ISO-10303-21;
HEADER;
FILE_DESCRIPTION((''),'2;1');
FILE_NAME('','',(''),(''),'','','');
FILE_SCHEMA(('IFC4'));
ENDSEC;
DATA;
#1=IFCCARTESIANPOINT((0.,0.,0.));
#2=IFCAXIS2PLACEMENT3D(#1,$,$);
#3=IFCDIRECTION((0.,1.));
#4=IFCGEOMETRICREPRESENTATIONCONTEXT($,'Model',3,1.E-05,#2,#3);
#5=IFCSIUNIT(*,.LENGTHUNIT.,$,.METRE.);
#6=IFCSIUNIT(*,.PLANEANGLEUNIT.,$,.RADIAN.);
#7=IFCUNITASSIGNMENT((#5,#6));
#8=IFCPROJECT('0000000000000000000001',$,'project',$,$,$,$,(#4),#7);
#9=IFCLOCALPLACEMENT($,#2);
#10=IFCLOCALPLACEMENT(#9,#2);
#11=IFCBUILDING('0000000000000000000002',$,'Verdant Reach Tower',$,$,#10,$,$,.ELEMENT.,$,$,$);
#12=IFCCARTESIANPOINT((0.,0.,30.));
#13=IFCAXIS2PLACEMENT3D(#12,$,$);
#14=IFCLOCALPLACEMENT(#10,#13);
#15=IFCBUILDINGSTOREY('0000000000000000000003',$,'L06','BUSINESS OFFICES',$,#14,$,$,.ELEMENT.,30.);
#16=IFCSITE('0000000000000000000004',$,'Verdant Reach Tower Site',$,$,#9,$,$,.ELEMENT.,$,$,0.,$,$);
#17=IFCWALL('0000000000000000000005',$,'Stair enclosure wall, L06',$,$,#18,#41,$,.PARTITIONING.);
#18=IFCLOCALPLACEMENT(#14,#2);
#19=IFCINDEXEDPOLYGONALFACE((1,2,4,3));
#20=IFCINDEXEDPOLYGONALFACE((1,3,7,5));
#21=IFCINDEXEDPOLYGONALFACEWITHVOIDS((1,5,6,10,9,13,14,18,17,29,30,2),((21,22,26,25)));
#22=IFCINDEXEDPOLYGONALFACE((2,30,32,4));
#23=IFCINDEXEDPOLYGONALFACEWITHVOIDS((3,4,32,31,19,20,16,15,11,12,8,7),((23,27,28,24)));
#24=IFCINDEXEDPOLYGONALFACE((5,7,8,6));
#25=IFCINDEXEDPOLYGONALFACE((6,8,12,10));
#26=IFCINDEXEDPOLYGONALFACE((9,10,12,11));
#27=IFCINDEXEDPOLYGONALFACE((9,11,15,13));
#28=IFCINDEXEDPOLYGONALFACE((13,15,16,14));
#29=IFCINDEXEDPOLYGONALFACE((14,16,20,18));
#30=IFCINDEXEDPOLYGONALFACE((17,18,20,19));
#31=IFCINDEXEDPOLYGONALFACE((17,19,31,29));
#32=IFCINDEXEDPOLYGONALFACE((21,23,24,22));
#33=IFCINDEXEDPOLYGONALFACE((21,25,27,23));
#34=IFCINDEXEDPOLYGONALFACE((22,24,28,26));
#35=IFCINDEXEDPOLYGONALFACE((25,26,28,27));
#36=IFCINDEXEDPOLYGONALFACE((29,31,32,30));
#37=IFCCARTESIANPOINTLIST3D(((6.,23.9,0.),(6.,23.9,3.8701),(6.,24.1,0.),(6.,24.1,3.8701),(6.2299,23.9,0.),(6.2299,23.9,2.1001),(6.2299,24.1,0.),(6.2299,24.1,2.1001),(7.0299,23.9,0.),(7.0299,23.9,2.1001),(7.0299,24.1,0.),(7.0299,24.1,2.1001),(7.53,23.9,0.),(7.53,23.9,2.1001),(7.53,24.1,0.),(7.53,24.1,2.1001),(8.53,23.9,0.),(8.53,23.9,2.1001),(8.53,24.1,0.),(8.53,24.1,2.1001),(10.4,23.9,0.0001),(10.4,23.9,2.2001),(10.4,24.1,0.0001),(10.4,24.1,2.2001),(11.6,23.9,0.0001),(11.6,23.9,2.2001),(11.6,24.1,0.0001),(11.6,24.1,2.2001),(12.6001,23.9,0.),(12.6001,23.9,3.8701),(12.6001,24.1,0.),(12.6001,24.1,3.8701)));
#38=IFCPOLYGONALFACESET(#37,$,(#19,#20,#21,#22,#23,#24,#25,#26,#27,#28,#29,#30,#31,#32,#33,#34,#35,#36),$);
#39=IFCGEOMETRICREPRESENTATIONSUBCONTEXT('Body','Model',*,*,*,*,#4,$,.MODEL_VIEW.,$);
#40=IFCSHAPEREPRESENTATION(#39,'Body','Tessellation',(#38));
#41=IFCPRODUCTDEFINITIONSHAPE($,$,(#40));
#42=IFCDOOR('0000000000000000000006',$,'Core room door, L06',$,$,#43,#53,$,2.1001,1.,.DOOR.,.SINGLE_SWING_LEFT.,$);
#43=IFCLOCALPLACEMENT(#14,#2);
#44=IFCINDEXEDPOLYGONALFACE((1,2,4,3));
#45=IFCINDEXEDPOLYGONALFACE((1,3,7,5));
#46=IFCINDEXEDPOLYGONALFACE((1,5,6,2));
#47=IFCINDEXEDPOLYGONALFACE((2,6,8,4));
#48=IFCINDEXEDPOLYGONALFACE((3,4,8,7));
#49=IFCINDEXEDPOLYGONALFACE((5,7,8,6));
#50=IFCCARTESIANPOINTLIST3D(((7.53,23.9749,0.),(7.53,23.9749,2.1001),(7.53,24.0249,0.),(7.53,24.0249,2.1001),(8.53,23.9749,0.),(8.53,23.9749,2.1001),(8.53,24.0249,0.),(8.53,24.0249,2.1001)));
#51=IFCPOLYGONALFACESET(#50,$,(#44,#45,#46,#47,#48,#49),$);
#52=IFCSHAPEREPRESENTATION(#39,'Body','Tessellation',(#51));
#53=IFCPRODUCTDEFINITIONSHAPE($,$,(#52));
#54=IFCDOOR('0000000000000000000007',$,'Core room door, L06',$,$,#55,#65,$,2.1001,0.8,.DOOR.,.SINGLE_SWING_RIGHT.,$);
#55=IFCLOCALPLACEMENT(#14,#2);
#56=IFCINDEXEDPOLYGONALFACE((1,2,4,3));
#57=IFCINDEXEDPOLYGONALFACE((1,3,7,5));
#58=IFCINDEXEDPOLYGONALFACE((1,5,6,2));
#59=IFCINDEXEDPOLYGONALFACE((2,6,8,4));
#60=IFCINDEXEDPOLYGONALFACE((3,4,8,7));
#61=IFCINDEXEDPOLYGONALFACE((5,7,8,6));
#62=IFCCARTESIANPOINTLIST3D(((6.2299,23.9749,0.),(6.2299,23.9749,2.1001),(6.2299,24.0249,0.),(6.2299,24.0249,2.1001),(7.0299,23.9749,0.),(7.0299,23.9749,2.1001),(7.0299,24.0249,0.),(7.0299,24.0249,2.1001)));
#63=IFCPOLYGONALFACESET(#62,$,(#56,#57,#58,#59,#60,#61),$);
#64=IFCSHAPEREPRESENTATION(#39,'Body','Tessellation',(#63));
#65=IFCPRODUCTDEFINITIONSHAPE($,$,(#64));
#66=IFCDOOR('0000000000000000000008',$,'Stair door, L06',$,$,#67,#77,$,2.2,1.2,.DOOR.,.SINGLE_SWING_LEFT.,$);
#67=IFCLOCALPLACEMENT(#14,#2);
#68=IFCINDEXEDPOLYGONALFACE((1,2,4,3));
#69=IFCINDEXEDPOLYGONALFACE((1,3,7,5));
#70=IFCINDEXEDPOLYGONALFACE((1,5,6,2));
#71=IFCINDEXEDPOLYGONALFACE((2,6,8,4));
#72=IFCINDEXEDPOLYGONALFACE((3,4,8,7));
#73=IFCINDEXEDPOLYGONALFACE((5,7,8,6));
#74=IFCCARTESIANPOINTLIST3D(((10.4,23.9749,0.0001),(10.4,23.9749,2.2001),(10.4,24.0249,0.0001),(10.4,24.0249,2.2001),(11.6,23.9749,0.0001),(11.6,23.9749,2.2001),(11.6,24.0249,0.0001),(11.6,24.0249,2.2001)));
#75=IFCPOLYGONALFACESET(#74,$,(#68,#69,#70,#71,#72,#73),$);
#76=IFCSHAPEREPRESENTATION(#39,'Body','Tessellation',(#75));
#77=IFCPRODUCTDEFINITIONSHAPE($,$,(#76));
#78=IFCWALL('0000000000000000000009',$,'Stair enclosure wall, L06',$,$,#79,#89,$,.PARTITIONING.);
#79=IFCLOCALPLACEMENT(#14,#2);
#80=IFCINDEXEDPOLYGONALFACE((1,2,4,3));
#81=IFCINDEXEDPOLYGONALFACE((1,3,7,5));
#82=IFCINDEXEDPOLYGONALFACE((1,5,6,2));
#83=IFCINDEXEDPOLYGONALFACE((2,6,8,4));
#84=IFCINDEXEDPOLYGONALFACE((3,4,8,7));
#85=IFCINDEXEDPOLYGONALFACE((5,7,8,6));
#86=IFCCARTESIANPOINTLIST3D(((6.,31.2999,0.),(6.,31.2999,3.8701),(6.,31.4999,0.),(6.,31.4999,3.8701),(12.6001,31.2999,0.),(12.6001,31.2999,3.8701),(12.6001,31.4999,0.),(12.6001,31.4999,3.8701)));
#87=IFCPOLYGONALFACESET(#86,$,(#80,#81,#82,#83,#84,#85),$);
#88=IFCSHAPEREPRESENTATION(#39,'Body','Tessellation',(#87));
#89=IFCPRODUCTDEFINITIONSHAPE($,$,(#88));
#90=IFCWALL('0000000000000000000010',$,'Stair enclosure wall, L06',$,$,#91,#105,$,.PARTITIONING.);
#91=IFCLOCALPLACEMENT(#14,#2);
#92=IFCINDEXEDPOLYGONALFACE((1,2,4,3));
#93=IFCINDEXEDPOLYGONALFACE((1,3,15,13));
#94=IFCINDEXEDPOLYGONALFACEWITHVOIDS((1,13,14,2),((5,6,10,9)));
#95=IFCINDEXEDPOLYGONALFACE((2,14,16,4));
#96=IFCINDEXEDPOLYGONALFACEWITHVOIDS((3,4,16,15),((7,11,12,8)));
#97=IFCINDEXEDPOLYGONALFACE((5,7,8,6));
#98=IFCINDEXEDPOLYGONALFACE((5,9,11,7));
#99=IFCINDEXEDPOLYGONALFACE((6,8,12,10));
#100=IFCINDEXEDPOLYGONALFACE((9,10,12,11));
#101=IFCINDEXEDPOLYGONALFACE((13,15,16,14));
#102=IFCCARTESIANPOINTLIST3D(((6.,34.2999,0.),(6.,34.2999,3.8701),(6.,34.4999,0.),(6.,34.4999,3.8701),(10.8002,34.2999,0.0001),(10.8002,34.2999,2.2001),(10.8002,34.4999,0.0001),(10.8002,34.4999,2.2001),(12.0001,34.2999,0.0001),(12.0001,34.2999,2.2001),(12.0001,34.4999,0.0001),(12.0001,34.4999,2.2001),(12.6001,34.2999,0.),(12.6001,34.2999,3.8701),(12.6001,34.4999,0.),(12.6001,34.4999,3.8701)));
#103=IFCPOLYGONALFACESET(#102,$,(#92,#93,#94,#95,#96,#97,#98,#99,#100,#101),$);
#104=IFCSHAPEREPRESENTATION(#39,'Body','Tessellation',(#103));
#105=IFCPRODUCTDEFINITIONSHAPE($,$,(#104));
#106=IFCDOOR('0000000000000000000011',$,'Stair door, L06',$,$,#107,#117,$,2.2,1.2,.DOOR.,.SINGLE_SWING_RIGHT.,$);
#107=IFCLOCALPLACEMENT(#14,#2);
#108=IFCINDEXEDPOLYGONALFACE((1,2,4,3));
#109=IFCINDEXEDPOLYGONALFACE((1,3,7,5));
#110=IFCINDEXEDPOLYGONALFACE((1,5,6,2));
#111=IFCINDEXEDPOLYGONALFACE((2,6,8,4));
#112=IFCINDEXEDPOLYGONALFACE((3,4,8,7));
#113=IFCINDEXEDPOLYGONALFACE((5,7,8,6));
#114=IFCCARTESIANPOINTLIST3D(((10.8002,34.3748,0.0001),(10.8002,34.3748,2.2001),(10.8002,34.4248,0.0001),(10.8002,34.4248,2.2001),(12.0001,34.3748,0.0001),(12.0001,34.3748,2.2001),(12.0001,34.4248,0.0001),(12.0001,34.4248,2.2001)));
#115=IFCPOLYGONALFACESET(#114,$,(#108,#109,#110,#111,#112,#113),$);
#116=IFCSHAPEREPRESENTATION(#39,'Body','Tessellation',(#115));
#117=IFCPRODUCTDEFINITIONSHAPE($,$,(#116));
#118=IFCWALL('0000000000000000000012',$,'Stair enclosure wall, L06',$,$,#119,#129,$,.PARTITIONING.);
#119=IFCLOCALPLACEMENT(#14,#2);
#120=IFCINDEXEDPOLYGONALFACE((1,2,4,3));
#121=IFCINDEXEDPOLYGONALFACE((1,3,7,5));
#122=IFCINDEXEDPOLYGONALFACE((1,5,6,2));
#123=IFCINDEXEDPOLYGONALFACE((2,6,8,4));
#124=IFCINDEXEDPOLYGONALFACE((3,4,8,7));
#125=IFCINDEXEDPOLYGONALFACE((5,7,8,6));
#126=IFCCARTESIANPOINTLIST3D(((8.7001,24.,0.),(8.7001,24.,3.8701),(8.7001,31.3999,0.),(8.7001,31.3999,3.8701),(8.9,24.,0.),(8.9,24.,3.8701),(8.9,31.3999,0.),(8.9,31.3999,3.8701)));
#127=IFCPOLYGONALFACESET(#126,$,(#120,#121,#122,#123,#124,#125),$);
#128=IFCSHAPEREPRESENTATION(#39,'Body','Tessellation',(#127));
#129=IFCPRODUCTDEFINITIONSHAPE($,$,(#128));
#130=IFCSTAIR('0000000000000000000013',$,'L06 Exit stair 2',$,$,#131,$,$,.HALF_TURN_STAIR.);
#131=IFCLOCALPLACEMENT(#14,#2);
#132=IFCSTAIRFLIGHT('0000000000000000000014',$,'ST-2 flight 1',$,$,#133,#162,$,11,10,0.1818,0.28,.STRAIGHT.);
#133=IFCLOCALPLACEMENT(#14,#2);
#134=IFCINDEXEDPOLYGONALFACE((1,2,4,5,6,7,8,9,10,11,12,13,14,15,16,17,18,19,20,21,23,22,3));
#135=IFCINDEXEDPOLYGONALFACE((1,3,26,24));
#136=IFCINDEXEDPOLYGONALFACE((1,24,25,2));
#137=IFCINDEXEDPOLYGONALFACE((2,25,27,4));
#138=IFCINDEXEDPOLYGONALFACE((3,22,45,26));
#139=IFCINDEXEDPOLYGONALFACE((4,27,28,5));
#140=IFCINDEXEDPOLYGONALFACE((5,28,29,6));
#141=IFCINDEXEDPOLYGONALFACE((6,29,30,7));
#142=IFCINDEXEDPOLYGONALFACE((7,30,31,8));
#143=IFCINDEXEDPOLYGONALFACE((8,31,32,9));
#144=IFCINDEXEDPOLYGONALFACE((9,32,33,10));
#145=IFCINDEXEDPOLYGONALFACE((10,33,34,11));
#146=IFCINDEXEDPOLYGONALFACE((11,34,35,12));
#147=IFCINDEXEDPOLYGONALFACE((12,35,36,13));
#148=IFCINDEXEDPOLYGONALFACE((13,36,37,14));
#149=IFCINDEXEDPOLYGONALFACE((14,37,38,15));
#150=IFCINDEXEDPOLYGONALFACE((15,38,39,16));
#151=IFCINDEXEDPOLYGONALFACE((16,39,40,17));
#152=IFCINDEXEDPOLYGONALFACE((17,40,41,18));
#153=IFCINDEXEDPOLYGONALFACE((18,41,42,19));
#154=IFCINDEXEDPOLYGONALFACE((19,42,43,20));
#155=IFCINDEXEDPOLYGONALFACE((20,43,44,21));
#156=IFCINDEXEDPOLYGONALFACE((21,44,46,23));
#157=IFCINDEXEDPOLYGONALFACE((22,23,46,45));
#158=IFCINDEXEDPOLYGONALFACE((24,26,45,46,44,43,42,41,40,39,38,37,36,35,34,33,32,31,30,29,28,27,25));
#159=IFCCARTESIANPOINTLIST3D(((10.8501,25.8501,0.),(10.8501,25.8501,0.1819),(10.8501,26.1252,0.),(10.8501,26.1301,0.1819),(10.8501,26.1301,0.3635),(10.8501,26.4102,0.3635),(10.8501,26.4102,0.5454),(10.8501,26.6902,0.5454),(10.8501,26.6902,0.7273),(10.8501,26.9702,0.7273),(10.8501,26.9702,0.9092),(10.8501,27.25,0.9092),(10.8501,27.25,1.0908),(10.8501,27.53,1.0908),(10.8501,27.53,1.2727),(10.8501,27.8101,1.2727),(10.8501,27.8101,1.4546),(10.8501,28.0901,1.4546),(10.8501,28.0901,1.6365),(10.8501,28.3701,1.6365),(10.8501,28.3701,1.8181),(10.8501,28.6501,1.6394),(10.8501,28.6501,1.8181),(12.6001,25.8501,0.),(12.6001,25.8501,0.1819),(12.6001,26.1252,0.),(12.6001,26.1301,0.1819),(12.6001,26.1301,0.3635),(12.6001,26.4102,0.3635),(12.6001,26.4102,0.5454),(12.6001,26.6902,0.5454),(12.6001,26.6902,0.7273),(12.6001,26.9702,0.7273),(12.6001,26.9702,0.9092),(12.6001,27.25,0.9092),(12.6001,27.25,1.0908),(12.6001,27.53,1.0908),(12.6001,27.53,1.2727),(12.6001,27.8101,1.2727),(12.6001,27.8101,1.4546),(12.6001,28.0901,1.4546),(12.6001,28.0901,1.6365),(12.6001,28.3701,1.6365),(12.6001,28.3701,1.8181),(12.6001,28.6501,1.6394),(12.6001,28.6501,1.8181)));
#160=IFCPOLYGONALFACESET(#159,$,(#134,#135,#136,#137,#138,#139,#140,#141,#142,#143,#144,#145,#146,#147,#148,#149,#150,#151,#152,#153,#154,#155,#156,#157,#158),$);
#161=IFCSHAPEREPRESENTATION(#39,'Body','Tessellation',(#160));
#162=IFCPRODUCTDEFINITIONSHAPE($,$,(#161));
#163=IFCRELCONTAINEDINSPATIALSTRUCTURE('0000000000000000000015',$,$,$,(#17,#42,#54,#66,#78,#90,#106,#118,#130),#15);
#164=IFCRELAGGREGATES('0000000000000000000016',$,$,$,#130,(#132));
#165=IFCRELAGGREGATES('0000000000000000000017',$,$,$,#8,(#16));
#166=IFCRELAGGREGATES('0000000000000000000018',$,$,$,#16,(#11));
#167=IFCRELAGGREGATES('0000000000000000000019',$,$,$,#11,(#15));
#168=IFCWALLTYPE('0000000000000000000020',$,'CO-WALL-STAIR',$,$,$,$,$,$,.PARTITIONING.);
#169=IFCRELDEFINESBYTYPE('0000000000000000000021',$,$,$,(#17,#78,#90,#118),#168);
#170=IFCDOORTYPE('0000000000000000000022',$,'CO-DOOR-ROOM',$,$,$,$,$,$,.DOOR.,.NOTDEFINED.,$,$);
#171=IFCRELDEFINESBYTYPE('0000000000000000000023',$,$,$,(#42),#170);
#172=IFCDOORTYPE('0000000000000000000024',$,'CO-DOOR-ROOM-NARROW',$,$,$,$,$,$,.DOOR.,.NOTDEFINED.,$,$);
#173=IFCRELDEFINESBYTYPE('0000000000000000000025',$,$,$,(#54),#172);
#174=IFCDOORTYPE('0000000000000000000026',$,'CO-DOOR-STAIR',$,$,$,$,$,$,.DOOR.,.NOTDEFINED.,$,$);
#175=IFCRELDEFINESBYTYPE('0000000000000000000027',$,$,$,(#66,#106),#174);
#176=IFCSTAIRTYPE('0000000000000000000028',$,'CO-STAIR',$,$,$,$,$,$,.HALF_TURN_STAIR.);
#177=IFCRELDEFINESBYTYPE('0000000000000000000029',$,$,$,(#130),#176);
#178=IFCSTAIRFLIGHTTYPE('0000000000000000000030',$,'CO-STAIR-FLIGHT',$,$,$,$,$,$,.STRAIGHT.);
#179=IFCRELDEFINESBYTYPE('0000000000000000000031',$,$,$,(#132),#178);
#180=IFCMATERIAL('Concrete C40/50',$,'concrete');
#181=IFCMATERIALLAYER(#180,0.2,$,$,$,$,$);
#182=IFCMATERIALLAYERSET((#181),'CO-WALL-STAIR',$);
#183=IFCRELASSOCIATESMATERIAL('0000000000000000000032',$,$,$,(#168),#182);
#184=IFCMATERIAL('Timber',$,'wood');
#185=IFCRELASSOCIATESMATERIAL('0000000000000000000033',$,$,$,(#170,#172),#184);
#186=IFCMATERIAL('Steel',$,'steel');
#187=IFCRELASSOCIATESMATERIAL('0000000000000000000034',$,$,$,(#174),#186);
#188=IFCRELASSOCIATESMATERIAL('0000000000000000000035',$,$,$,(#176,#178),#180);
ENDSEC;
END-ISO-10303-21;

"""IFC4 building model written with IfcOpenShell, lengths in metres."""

from ifc_helpers import new_model, si_unit, direction, frame, frame_2d, origin, place, context, subcontext, project, spatial, polyline, rectangle, outline, extrude, material, layer, layer_set, type_object, element, fill, aggregate, save


model = new_model("IFC4")

# Units and contexts
model_context = context("Model", 3, precision=1e-05, world=origin(), true_north=direction((0.0, 1.0)))
body_context = subcontext(model_context, "Body", "Model", "MODEL_VIEW")
ifc_project = project(units=[si_unit("LENGTHUNIT", "METRE"), si_unit("PLANEANGLEUNIT", "RADIAN")], contexts=[model_context])

# Site, building, storey
site_placement = place(None, origin())
site = spatial("IfcSite", under=ifc_project, at=site_placement, Name="Verdant Reach Tower Site", CompositionType="ELEMENT", RefElevation=0.0)
building_placement = place(site_placement, origin())
building = spatial("IfcBuilding", under=site, at=building_placement, Name="Verdant Reach Tower", CompositionType="ELEMENT")
storey_placement = place(building_placement, frame((0.0, 0.0, 30.0)))
storey = spatial("IfcBuildingStorey", under=building, at=storey_placement, Name="L06", Description="BUSINESS OFFICES", CompositionType="ELEMENT", Elevation=30.0)

# Shared definitions
ifc_material_1 = material(Name="Concrete C40/50", Category="concrete")

# Wall, openings, doors
ifc_layer_1 = layer(ifc_material_1, 0.2)
ifc_layer_set_1 = layer_set([ifc_layer_1], Name="CO-WALL-STAIR")
wall_type_1 = type_object("IfcWallType", Name="CO-WALL-STAIR", PredefinedType="PARTITIONING", material=ifc_layer_set_1)
wall_1_placement = place(storey_placement, frame((6.0, 24.0, 0.0), z_axis=(0.0, 0.0, 1.0), x_axis=(1.0, 0.0, 0.0)))
wall_1 = element("IfcWall", 1, at=wall_1_placement, inside=storey, type_object=wall_type_1, Name="Stair enclosure wall, L06", PredefinedType="PARTITIONING", context=body_context, shape_type="SweptSolid", body=[
    extrude(rectangle(XDim=6.6001, YDim=0.2, at=frame_2d((3.3, 0.0))), origin(), (0.0, 0.0, 1.0), 3.8701),
])
opening_1_placement = place(wall_1_placement, frame((0.23, 0.0, 0.0)))
opening_1 = element("IfcOpeningElement", 2, at=opening_1_placement, cuts=wall_1, PredefinedType="OPENING", context=body_context, shape_type="SweptSolid", body=[
    extrude(rectangle(XDim=0.8, YDim=2.1001, at=frame_2d((0.3999, 1.05))), frame((0.0, 0.1099, 0.0), z_axis=(0.0, -1.0, 0.0), x_axis=(1.0, 0.0, 0.0)), (0.0, 0.0, 1.0), 0.22),
])
opening_2_placement = place(wall_1_placement, frame((1.53, 0.0, 0.0)))
opening_2 = element("IfcOpeningElement", 3, at=opening_2_placement, cuts=wall_1, PredefinedType="OPENING", context=body_context, shape_type="SweptSolid", body=[
    extrude(rectangle(XDim=1.0, YDim=2.1001, at=frame_2d((0.5, 1.05))), frame((0.0, 0.1099, 0.0), z_axis=(0.0, -1.0, 0.0), x_axis=(1.0, 0.0, 0.0)), (0.0, 0.0, 1.0), 0.22),
])
opening_3_placement = place(wall_1_placement, frame((4.3999, 0.0, 0.0)))
opening_3 = element("IfcOpeningElement", 4, at=opening_3_placement, cuts=wall_1, PredefinedType="OPENING", context=body_context, shape_type="SweptSolid", body=[
    extrude(rectangle(XDim=1.2, YDim=2.2, at=frame_2d((0.6001, 1.1001))), frame((0.0, 0.1099, 0.0), z_axis=(0.0, -1.0, 0.0), x_axis=(1.0, 0.0, 0.0)), (0.0, 0.0, 1.0), 0.22),
])
ifc_material_2 = material(Name="Timber", Category="wood")
door_type_1 = type_object("IfcDoorType", Name="CO-DOOR-ROOM", OperationType="NOTDEFINED", PredefinedType="DOOR", material=ifc_material_2)
door_1_placement = place(opening_2_placement, origin())
door_1 = element("IfcDoor", 5, at=door_1_placement, inside=storey, type_object=door_type_1, Name="Core room door, L06", OperationType="SINGLE_SWING_LEFT", OverallHeight=2.1001, OverallWidth=1.0, PredefinedType="DOOR", context=body_context, shape_type="SweptSolid", body=[
    extrude(rectangle(XDim=1.0, YDim=2.1001, at=frame_2d((0.5, 1.05))), frame((0.0, 0.0249, 0.0), z_axis=(0.0, -1.0, 0.0), x_axis=(1.0, 0.0, 0.0)), (0.0, 0.0, 1.0), 0.05),
])
fill(opening_2, door_1)
door_type_2 = type_object("IfcDoorType", Name="CO-DOOR-ROOM-NARROW", OperationType="NOTDEFINED", PredefinedType="DOOR", material=ifc_material_2)
door_2_placement = place(opening_1_placement, origin())
door_2 = element("IfcDoor", 6, at=door_2_placement, inside=storey, type_object=door_type_2, Name="Core room door, L06", OperationType="SINGLE_SWING_RIGHT", OverallHeight=2.1001, OverallWidth=0.8, PredefinedType="DOOR", context=body_context, shape_type="SweptSolid", body=[
    extrude(rectangle(XDim=0.8, YDim=2.1001, at=frame_2d((0.3999, 1.05))), frame((0.0, 0.0249, 0.0), z_axis=(0.0, -1.0, 0.0), x_axis=(1.0, 0.0, 0.0)), (0.0, 0.0, 1.0), 0.05),
])
fill(opening_1, door_2)
ifc_material_3 = material(Name="Steel", Category="steel")
door_type_3 = type_object("IfcDoorType", Name="CO-DOOR-STAIR", OperationType="NOTDEFINED", PredefinedType="DOOR", material=ifc_material_3)
door_3_placement = place(opening_3_placement, origin())
door_3 = element("IfcDoor", 7, at=door_3_placement, inside=storey, type_object=door_type_3, Name="Stair door, L06", OperationType="SINGLE_SWING_LEFT", OverallHeight=2.2, OverallWidth=1.2, PredefinedType="DOOR", context=body_context, shape_type="SweptSolid", body=[
    extrude(rectangle(XDim=1.2, YDim=2.2, at=frame_2d((0.6001, 1.1001))), frame((0.0, 0.0249, 0.0), z_axis=(0.0, -1.0, 0.0), x_axis=(1.0, 0.0, 0.0)), (0.0, 0.0, 1.0), 0.05),
])
fill(opening_3, door_3)

# Wall
wall_2_placement = place(storey_placement, frame((6.0, 31.3999, 0.0), z_axis=(0.0, 0.0, 1.0), x_axis=(1.0, 0.0, 0.0)))
element("IfcWall", 8, at=wall_2_placement, inside=storey, type_object=wall_type_1, Name="Stair enclosure wall, L06", PredefinedType="PARTITIONING", context=body_context, shape_type="SweptSolid", body=[
    extrude(rectangle(XDim=6.6001, YDim=0.2, at=frame_2d((3.3, 0.0))), origin(), (0.0, 0.0, 1.0), 3.8701),
])

# Wall, opening, door
wall_3_placement = place(storey_placement, frame((6.0, 34.3999, 0.0), z_axis=(0.0, 0.0, 1.0), x_axis=(1.0, 0.0, 0.0)))
wall_3 = element("IfcWall", 9, at=wall_3_placement, inside=storey, type_object=wall_type_1, Name="Stair enclosure wall, L06", PredefinedType="PARTITIONING", context=body_context, shape_type="SweptSolid", body=[
    extrude(rectangle(XDim=6.6001, YDim=0.2, at=frame_2d((3.3, 0.0))), origin(), (0.0, 0.0, 1.0), 3.8701),
])
opening_4_placement = place(wall_3_placement, frame((4.8, 0.0, 0.0)))
opening_4 = element("IfcOpeningElement", 10, at=opening_4_placement, cuts=wall_3, PredefinedType="OPENING", context=body_context, shape_type="SweptSolid", body=[
    extrude(rectangle(XDim=1.2, YDim=2.2, at=frame_2d((0.6001, 1.1001))), frame((0.0, 0.1099, 0.0), z_axis=(0.0, -1.0, 0.0), x_axis=(1.0, 0.0, 0.0)), (0.0, 0.0, 1.0), 0.22),
])
door_4_placement = place(opening_4_placement, origin())
door_4 = element("IfcDoor", 11, at=door_4_placement, inside=storey, type_object=door_type_3, Name="Stair door, L06", OperationType="SINGLE_SWING_RIGHT", OverallHeight=2.2, OverallWidth=1.2, PredefinedType="DOOR", context=body_context, shape_type="SweptSolid", body=[
    extrude(rectangle(XDim=1.2, YDim=2.2, at=frame_2d((0.6001, 1.1001))), frame((0.0, 0.0249, 0.0), z_axis=(0.0, -1.0, 0.0), x_axis=(1.0, 0.0, 0.0)), (0.0, 0.0, 1.0), 0.05),
])
fill(opening_4, door_4)

# Wall
wall_4_placement = place(storey_placement, frame((8.8, 24.0, 0.0), z_axis=(0.0, 0.0, 1.0), x_axis=(0.0, 1.0, 0.0)))
element("IfcWall", 12, at=wall_4_placement, inside=storey, type_object=wall_type_1, Name="Stair enclosure wall, L06", PredefinedType="PARTITIONING", context=body_context, shape_type="SweptSolid", body=[
    extrude(rectangle(XDim=7.3999, YDim=0.2, at=frame_2d((3.7, 0.0))), origin(), (0.0, 0.0, 1.0), 3.8701),
])

# Stair, stair flight
stair_type = type_object("IfcStairType", Name="CO-STAIR", PredefinedType="HALF_TURN_STAIR", material=ifc_material_1)
stair_1_placement = place(storey_placement, origin())
stair_1 = element("IfcStair", 13, at=stair_1_placement, inside=storey, type_object=stair_type, Name="L06 Exit stair 2", PredefinedType="HALF_TURN_STAIR")
stair_flight_type = type_object("IfcStairFlightType", Name="CO-STAIR-FLIGHT", PredefinedType="STRAIGHT", material=ifc_material_1)
stair_flight_1_placement = place(storey_placement, frame((11.7251, 25.8501, 0.0), z_axis=(0.0, 0.0, 1.0), x_axis=(0.0, 1.0, 0.0)))
stair_flight_1 = element("IfcStairFlight", 14, at=stair_flight_1_placement, type_object=stair_flight_type, Name="ST-2 flight 1", NumberOfRisers=11, NumberOfTreads=10, PredefinedType="STRAIGHT", RiserHeight=0.1818, TreadLength=0.28, context=body_context, shape_type="SweptSolid", body=[
    extrude(outline(polyline([(0.0, 0.0), (0.0, 0.1819), (0.28, 0.1819), (0.28, 0.3635), (0.5601, 0.3635), (0.5601, 0.5454), (0.8401, 0.5454), (0.8401, 0.7273), (1.1201, 0.7273), (1.1201, 0.9092), (1.3999, 0.9092), (1.3999, 1.0908), (1.6799, 1.0908), (1.6799, 1.2727), (1.96, 1.2727), (1.96, 1.4546), (2.24, 1.4546), (2.24, 1.6365), (2.52, 1.6365), (2.52, 1.8181), (2.8, 1.8181), (2.8, 2.0), (2.8, 1.6394), (0.2751, 0.0), (0.0, 0.0)])), frame((0.0, 0.875, 0.0), z_axis=(0.0, -1.0, 0.0), x_axis=(1.0, 0.0, 0.0)), (0.0, 0.0, 1.0), 1.75),
])
aggregate(stair_1, [stair_flight_1])

save(model, "model.ifc")
